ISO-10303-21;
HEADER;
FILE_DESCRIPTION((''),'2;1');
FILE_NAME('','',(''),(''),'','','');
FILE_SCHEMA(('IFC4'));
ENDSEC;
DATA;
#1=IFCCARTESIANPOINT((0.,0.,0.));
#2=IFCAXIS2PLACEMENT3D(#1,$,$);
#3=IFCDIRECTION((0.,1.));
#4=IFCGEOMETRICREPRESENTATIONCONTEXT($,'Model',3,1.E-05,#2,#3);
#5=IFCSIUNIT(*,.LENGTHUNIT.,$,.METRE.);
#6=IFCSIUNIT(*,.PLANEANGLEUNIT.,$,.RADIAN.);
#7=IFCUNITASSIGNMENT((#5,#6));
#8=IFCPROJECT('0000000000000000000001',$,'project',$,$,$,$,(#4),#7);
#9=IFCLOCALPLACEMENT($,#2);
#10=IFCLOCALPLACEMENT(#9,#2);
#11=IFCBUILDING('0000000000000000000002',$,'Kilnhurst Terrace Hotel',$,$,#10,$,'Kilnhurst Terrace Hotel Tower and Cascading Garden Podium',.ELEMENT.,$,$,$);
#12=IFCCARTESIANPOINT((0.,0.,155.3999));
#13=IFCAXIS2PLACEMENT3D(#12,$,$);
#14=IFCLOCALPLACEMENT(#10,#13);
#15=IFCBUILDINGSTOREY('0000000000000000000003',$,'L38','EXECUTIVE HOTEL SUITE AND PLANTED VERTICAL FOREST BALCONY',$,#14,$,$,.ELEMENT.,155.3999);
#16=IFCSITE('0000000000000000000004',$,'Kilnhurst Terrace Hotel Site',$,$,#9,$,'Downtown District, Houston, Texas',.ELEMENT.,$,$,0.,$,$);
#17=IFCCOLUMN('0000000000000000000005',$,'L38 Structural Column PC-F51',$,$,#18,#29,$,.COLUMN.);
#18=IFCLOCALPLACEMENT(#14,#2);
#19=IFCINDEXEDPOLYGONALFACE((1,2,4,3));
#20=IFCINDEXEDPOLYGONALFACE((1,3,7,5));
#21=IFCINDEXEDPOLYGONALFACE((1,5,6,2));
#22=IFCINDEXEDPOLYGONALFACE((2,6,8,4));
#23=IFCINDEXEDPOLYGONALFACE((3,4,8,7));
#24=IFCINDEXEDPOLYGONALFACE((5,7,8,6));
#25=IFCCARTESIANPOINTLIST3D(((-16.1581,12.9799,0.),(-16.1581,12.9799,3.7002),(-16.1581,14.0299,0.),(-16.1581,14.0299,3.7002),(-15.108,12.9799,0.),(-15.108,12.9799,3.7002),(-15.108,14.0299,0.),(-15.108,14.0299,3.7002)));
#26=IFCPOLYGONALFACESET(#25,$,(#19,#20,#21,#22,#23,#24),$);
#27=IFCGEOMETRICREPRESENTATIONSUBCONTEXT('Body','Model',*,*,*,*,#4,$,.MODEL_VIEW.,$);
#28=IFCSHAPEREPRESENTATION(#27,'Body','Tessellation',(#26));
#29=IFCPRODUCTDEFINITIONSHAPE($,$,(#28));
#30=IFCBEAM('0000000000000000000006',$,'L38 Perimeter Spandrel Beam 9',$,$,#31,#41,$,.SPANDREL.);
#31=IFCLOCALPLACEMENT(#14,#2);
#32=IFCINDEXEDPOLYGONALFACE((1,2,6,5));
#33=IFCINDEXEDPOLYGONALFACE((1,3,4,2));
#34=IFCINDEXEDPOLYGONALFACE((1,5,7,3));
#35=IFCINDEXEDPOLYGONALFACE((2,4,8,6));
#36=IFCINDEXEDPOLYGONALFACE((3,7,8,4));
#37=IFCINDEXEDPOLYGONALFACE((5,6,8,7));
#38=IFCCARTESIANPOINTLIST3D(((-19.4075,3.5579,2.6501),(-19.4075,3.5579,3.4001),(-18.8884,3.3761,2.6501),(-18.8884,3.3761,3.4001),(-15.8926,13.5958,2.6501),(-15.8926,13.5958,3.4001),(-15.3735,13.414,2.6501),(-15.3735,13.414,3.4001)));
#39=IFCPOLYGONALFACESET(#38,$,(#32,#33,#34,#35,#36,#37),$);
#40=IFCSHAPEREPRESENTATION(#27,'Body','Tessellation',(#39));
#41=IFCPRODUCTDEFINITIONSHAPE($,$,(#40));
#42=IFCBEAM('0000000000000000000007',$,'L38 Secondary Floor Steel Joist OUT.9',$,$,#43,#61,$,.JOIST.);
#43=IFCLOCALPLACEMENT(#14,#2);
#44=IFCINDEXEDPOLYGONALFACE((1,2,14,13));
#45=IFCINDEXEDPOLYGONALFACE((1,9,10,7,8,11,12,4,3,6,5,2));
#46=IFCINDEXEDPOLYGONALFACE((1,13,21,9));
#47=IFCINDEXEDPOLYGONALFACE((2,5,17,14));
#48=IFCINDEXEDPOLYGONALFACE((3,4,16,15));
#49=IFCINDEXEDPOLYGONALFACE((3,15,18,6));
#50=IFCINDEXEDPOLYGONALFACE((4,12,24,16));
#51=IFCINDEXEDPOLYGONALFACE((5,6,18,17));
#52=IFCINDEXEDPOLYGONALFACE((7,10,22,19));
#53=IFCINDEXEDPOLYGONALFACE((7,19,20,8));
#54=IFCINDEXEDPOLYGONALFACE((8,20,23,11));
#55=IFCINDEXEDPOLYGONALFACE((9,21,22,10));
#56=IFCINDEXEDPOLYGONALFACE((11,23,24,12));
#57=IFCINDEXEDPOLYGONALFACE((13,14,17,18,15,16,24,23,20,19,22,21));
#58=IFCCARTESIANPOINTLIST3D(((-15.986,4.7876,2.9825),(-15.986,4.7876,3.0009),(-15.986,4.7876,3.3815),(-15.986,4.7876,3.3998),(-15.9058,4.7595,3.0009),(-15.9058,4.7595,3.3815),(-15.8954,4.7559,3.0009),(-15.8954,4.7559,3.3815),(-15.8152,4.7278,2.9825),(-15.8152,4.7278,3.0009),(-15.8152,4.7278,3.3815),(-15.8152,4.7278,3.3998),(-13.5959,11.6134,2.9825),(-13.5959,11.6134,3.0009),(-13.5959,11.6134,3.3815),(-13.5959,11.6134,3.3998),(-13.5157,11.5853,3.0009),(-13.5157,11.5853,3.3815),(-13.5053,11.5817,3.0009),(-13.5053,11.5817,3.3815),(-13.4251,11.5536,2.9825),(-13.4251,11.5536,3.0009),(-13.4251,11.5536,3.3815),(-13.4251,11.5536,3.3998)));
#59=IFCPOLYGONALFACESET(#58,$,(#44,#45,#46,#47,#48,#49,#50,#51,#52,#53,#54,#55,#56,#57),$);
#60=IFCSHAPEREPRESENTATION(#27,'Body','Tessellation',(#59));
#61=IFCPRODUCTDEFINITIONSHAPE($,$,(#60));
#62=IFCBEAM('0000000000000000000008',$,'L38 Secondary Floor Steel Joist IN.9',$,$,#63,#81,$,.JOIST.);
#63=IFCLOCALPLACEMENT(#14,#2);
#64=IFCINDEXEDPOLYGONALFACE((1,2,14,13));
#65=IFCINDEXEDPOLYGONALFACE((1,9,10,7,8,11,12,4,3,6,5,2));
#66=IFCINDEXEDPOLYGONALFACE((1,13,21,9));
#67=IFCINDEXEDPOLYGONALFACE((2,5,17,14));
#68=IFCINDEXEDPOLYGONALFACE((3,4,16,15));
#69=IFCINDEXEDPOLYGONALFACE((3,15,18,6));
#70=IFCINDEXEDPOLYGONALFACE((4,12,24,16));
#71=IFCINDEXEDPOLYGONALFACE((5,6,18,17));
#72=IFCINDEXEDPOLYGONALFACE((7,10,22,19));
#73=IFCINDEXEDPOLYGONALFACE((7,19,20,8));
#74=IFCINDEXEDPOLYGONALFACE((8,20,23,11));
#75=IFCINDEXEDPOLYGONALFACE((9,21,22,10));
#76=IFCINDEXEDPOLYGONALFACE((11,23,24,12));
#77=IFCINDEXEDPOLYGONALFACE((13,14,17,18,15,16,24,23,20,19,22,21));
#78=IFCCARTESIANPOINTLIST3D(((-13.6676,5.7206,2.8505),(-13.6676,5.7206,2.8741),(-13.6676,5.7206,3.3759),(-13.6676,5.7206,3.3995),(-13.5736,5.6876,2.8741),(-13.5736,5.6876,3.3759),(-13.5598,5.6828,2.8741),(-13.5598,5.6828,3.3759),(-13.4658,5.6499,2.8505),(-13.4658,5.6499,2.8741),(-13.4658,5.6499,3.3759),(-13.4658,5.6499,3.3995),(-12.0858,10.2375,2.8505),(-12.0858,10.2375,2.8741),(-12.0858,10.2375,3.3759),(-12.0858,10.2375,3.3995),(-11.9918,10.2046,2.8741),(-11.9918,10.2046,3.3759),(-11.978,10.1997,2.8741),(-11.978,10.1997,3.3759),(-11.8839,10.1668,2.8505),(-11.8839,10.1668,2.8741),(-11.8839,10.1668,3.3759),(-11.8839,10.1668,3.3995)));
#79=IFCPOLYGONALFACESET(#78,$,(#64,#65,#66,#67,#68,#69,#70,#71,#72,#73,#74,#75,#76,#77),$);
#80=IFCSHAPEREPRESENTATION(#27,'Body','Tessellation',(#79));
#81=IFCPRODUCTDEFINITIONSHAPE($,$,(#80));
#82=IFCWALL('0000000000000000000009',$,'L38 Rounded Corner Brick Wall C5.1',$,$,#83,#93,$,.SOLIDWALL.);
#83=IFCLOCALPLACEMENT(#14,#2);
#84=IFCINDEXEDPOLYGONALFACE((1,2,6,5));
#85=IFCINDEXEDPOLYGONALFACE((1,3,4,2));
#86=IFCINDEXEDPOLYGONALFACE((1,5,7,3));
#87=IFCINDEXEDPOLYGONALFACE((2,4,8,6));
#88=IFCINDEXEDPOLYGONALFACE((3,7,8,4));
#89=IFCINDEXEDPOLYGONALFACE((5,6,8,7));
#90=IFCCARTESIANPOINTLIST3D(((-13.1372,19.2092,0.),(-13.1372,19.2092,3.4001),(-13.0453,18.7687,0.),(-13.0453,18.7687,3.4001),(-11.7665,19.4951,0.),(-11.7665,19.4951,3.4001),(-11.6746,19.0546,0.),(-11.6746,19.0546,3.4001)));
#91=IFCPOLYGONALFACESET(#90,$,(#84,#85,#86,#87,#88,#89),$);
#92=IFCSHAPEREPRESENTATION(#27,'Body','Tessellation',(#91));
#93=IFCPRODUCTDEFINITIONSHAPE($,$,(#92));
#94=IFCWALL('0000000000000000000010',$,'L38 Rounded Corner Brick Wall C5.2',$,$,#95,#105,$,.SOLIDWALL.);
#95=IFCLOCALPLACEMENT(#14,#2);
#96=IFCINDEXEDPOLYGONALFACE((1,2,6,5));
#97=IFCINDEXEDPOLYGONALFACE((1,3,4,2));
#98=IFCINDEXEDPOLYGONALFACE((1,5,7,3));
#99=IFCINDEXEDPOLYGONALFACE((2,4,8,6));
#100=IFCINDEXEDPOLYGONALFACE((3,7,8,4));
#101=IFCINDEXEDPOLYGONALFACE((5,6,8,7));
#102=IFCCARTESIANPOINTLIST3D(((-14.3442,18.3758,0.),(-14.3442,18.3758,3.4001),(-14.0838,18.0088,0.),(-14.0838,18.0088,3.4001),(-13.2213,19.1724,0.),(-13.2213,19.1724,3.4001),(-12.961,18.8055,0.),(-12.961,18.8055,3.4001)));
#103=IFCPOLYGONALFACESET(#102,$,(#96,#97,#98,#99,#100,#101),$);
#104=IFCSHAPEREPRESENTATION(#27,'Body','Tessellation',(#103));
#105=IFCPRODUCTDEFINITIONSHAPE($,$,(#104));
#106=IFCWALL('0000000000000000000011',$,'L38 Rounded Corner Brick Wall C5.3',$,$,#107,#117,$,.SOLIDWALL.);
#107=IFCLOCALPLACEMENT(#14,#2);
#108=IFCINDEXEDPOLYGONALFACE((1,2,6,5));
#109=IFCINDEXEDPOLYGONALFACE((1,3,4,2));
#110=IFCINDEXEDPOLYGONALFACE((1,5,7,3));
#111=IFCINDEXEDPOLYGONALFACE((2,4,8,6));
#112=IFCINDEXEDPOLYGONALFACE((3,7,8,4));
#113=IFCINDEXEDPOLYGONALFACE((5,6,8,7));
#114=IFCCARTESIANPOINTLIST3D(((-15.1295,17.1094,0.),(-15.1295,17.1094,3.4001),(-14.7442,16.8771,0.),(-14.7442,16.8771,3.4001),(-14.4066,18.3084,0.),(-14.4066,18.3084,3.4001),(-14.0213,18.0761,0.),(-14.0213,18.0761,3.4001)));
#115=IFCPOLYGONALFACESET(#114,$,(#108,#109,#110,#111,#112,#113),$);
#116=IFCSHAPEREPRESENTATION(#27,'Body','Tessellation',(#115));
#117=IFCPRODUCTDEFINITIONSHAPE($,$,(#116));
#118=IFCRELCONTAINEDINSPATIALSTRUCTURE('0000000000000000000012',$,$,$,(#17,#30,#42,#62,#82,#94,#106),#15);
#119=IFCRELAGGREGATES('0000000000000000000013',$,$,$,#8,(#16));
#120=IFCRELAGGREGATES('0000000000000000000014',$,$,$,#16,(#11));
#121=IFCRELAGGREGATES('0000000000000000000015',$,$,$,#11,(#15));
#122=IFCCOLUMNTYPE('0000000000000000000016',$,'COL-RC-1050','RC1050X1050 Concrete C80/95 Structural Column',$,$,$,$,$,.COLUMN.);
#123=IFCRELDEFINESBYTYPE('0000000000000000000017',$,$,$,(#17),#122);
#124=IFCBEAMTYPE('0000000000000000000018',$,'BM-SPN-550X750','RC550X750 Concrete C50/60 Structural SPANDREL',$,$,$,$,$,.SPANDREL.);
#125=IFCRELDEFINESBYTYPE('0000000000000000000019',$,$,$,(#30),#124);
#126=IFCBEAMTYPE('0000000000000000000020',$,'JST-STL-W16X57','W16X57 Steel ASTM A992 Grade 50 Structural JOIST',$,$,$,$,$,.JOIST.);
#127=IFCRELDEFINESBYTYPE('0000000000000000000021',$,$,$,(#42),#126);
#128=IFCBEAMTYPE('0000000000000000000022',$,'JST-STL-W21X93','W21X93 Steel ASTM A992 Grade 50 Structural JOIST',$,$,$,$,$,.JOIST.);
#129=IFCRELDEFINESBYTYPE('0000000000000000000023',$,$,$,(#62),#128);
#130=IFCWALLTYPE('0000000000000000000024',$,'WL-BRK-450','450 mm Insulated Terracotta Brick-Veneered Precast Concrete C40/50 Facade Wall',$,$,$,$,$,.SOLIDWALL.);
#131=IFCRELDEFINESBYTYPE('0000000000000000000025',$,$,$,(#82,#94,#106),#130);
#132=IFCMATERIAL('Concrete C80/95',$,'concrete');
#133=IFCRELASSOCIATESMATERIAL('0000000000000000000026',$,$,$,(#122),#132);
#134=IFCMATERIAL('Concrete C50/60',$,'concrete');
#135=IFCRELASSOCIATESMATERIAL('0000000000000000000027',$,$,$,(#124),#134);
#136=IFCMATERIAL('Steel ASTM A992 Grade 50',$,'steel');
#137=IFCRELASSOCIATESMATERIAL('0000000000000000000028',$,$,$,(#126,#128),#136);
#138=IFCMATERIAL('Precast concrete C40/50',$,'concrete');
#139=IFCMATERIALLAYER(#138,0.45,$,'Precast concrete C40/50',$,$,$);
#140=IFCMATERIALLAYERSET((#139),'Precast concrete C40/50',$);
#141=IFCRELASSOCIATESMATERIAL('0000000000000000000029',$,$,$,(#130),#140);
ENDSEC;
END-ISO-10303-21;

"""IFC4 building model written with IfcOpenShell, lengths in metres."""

from ifc_helpers import new_model, si_unit, direction, frame, frame_2d, origin, origin_2d, place, context, subcontext, project, spatial, rectangle, i_section, extrude, material, layer, layer_set, material_profile, profile_set, type_object, element, save


model = new_model("IFC4")

# Units and contexts
model_context = context("Model", 3, precision=1e-05, world=origin(), true_north=direction((0.0, 1.0)))
body_context = subcontext(model_context, "Body", "Model", "MODEL_VIEW")
ifc_project = project(units=[si_unit("LENGTHUNIT", "METRE"), si_unit("PLANEANGLEUNIT", "RADIAN")], contexts=[model_context])

# Site, building, storey
site_placement = place(None, origin())
site = spatial("IfcSite", under=ifc_project, at=site_placement, Name="Kilnhurst Terrace Hotel Site", LongName="Downtown District, Houston, Texas", CompositionType="ELEMENT", RefElevation=0.0)
building_placement = place(site_placement, origin())
building = spatial("IfcBuilding", under=site, at=building_placement, Name="Kilnhurst Terrace Hotel", LongName="Kilnhurst Terrace Hotel Tower and Cascading Garden Podium", CompositionType="ELEMENT")
storey_placement = place(building_placement, frame((0.0, 0.0, 155.3999)))
storey = spatial("IfcBuildingStorey", under=building, at=storey_placement, Name="L38", Description="EXECUTIVE HOTEL SUITE AND PLANTED VERTICAL FOREST BALCONY", CompositionType="ELEMENT", Elevation=155.3999)

# Column
ifc_material_1 = material(Name="Concrete C80/95", Category="concrete")
ifc_material_profile_1 = material_profile(ifc_material_1, rectangle(XDim=1.05, YDim=1.05, at=origin_2d()), Name="RC1050X1050")
ifc_profile_set_1 = profile_set([ifc_material_profile_1], Name="Concrete C80/95")
column_type = type_object("IfcColumnType", Name="COL-RC-1050", Description="RC1050X1050 Concrete C80/95 Structural Column", PredefinedType="COLUMN", material=ifc_profile_set_1)
column_placement = place(storey_placement, frame((-15.6331, 13.5049, 0.0), z_axis=(0.0, 0.0, 1.0), x_axis=(1.0, 0.0, 0.0)))
element("IfcColumn", 1, at=column_placement, inside=storey, type_object=column_type, Name="L38 Structural Column PC-F51", PredefinedType="COLUMN", context=body_context, shape_type="SweptSolid", body=[
    extrude(rectangle(XDim=1.05, YDim=1.05, at=origin_2d()), origin(), (0.0, 0.0, 1.0), 3.7002),
])

# Beams
ifc_material_2 = material(Name="Concrete C50/60", Category="concrete")
ifc_material_profile_2 = material_profile(ifc_material_2, rectangle(XDim=0.55, YDim=0.75, at=origin_2d()), Name="RC550X750")
ifc_profile_set_2 = profile_set([ifc_material_profile_2], Name="Concrete C50/60")
beam_type_1 = type_object("IfcBeamType", Name="BM-SPN-550X750", Description="RC550X750 Concrete C50/60 Structural SPANDREL", PredefinedType="SPANDREL", material=ifc_profile_set_2)
beam_1_placement = place(storey_placement, frame((-15.6331, 13.5049, 3.0251), z_axis=(-0.330488, -0.94381, 0.0), x_axis=(0.94381, -0.330488, 0.0)))
element("IfcBeam", 2, at=beam_1_placement, inside=storey, type_object=beam_type_1, Name="L38 Perimeter Spandrel Beam 9", PredefinedType="SPANDREL", context=body_context, shape_type="SweptSolid", body=[
    extrude(rectangle(XDim=0.55, YDim=0.75, at=origin_2d()), origin(), (0.0, 0.0, 1.0), 10.6355),
])
ifc_material_3 = material(Name="Steel ASTM A992 Grade 50", Category="steel")
ifc_material_profile_3 = material_profile(ifc_material_3, i_section(OverallWidth=0.1809, OverallDepth=0.4172, WebThickness=0.011, FlangeThickness=0.0183, at=origin_2d()), Name="W16X57")
ifc_profile_set_3 = profile_set([ifc_material_profile_3], Name="Steel ASTM A992 Grade 50")
beam_type_2 = type_object("IfcBeamType", Name="JST-STL-W16X57", Description="W16X57 Steel ASTM A992 Grade 50 Structural JOIST", PredefinedType="JOIST", material=ifc_profile_set_3)
beam_2_placement = place(storey_placement, frame((-13.5105, 11.5835, 3.1912), z_axis=(-0.330481, -0.943813, 0.0), x_axis=(0.943813, -0.330481, 0.0)))
element("IfcBeam", 3, at=beam_2_placement, inside=storey, type_object=beam_type_2, Name="L38 Secondary Floor Steel Joist OUT.9", PredefinedType="JOIST", context=body_context, shape_type="SweptSolid", body=[
    extrude(i_section(OverallWidth=0.1809, OverallDepth=0.4172, WebThickness=0.011, FlangeThickness=0.0183, at=origin_2d()), origin(), (0.0, 0.0, 1.0), 7.2322),
])
ifc_material_profile_4 = material_profile(ifc_material_3, i_section(OverallWidth=0.2139, OverallDepth=0.5491, WebThickness=0.0146, FlangeThickness=0.0237, at=origin_2d()), Name="W21X93")
ifc_profile_set_4 = profile_set([ifc_material_profile_4], Name="Steel ASTM A992 Grade 50")
beam_type_3 = type_object("IfcBeamType", Name="JST-STL-W21X93", Description="W21X93 Steel ASTM A992 Grade 50 Structural JOIST", PredefinedType="JOIST", material=ifc_profile_set_4)
beam_3_placement = place(storey_placement, frame((-11.9849, 10.2021, 3.125), z_axis=(-0.330516, -0.9438, 0.0), x_axis=(0.9438, -0.330516, 0.0)))
element("IfcBeam", 4, at=beam_3_placement, inside=storey, type_object=beam_type_3, Name="L38 Secondary Floor Steel Joist IN.9", PredefinedType="JOIST", context=body_context, shape_type="SweptSolid", body=[
    extrude(i_section(OverallWidth=0.2139, OverallDepth=0.5491, WebThickness=0.0146, FlangeThickness=0.0237, at=origin_2d()), origin(), (0.0, 0.0, 1.0), 4.7859),
])

# Walls
ifc_material_4 = material(Name="Precast concrete C40/50", Category="concrete")
ifc_layer_1 = layer(ifc_material_4, 0.45, Name="Precast concrete C40/50")
ifc_layer_set_1 = layer_set([ifc_layer_1], Name="Precast concrete C40/50")
wall_type_1 = type_object("IfcWallType", Name="WL-BRK-450", Description="450 mm Insulated Terracotta Brick-Veneered Precast Concrete C40/50 Facade Wall", PredefinedType="SOLIDWALL", material=ifc_layer_set_1)
wall_1_placement = place(storey_placement, frame((-11.7205, 19.2749, 0.0), z_axis=(0.0, 0.0, 1.0), x_axis=(-0.978931, -0.204191, 0.0)))
element("IfcWall", 5, at=wall_1_placement, inside=storey, type_object=wall_type_1, Name="L38 Rounded Corner Brick Wall C5.1", PredefinedType="SOLIDWALL", context=body_context, shape_type="SweptSolid", body=[
    extrude(rectangle(XDim=1.4001, YDim=0.45, at=frame_2d((0.7002, 0.0))), origin(), (0.0, 0.0, 1.0), 3.4001),
])
wall_2_placement = place(storey_placement, frame((-13.0911, 18.989, 0.0), z_axis=(0.0, 0.0, 1.0), x_axis=(-0.815575, -0.578652, 0.0)))
element("IfcWall", 6, at=wall_2_placement, inside=storey, type_object=wall_type_1, Name="L38 Rounded Corner Brick Wall C5.2", PredefinedType="SOLIDWALL", context=body_context, shape_type="SweptSolid", body=[
    extrude(rectangle(XDim=1.3767, YDim=0.45, at=frame_2d((0.6885, 0.0))), origin(), (0.0, 0.0, 1.0), 3.4001),
])
wall_3_placement = place(storey_placement, frame((-14.2139, 18.1924, 0.0), z_axis=(0.0, 0.0, 1.0), x_axis=(-0.516341, -0.856383, 0.0)))
element("IfcWall", 7, at=wall_3_placement, inside=storey, type_object=wall_type_1, Name="L38 Rounded Corner Brick Wall C5.3", PredefinedType="SOLIDWALL", context=body_context, shape_type="SweptSolid", body=[
    extrude(rectangle(XDim=1.4001, YDim=0.45, at=frame_2d((0.7002, 0.0))), origin(), (0.0, 0.0, 1.0), 3.4001),
])

save(model, "model.ifc")
